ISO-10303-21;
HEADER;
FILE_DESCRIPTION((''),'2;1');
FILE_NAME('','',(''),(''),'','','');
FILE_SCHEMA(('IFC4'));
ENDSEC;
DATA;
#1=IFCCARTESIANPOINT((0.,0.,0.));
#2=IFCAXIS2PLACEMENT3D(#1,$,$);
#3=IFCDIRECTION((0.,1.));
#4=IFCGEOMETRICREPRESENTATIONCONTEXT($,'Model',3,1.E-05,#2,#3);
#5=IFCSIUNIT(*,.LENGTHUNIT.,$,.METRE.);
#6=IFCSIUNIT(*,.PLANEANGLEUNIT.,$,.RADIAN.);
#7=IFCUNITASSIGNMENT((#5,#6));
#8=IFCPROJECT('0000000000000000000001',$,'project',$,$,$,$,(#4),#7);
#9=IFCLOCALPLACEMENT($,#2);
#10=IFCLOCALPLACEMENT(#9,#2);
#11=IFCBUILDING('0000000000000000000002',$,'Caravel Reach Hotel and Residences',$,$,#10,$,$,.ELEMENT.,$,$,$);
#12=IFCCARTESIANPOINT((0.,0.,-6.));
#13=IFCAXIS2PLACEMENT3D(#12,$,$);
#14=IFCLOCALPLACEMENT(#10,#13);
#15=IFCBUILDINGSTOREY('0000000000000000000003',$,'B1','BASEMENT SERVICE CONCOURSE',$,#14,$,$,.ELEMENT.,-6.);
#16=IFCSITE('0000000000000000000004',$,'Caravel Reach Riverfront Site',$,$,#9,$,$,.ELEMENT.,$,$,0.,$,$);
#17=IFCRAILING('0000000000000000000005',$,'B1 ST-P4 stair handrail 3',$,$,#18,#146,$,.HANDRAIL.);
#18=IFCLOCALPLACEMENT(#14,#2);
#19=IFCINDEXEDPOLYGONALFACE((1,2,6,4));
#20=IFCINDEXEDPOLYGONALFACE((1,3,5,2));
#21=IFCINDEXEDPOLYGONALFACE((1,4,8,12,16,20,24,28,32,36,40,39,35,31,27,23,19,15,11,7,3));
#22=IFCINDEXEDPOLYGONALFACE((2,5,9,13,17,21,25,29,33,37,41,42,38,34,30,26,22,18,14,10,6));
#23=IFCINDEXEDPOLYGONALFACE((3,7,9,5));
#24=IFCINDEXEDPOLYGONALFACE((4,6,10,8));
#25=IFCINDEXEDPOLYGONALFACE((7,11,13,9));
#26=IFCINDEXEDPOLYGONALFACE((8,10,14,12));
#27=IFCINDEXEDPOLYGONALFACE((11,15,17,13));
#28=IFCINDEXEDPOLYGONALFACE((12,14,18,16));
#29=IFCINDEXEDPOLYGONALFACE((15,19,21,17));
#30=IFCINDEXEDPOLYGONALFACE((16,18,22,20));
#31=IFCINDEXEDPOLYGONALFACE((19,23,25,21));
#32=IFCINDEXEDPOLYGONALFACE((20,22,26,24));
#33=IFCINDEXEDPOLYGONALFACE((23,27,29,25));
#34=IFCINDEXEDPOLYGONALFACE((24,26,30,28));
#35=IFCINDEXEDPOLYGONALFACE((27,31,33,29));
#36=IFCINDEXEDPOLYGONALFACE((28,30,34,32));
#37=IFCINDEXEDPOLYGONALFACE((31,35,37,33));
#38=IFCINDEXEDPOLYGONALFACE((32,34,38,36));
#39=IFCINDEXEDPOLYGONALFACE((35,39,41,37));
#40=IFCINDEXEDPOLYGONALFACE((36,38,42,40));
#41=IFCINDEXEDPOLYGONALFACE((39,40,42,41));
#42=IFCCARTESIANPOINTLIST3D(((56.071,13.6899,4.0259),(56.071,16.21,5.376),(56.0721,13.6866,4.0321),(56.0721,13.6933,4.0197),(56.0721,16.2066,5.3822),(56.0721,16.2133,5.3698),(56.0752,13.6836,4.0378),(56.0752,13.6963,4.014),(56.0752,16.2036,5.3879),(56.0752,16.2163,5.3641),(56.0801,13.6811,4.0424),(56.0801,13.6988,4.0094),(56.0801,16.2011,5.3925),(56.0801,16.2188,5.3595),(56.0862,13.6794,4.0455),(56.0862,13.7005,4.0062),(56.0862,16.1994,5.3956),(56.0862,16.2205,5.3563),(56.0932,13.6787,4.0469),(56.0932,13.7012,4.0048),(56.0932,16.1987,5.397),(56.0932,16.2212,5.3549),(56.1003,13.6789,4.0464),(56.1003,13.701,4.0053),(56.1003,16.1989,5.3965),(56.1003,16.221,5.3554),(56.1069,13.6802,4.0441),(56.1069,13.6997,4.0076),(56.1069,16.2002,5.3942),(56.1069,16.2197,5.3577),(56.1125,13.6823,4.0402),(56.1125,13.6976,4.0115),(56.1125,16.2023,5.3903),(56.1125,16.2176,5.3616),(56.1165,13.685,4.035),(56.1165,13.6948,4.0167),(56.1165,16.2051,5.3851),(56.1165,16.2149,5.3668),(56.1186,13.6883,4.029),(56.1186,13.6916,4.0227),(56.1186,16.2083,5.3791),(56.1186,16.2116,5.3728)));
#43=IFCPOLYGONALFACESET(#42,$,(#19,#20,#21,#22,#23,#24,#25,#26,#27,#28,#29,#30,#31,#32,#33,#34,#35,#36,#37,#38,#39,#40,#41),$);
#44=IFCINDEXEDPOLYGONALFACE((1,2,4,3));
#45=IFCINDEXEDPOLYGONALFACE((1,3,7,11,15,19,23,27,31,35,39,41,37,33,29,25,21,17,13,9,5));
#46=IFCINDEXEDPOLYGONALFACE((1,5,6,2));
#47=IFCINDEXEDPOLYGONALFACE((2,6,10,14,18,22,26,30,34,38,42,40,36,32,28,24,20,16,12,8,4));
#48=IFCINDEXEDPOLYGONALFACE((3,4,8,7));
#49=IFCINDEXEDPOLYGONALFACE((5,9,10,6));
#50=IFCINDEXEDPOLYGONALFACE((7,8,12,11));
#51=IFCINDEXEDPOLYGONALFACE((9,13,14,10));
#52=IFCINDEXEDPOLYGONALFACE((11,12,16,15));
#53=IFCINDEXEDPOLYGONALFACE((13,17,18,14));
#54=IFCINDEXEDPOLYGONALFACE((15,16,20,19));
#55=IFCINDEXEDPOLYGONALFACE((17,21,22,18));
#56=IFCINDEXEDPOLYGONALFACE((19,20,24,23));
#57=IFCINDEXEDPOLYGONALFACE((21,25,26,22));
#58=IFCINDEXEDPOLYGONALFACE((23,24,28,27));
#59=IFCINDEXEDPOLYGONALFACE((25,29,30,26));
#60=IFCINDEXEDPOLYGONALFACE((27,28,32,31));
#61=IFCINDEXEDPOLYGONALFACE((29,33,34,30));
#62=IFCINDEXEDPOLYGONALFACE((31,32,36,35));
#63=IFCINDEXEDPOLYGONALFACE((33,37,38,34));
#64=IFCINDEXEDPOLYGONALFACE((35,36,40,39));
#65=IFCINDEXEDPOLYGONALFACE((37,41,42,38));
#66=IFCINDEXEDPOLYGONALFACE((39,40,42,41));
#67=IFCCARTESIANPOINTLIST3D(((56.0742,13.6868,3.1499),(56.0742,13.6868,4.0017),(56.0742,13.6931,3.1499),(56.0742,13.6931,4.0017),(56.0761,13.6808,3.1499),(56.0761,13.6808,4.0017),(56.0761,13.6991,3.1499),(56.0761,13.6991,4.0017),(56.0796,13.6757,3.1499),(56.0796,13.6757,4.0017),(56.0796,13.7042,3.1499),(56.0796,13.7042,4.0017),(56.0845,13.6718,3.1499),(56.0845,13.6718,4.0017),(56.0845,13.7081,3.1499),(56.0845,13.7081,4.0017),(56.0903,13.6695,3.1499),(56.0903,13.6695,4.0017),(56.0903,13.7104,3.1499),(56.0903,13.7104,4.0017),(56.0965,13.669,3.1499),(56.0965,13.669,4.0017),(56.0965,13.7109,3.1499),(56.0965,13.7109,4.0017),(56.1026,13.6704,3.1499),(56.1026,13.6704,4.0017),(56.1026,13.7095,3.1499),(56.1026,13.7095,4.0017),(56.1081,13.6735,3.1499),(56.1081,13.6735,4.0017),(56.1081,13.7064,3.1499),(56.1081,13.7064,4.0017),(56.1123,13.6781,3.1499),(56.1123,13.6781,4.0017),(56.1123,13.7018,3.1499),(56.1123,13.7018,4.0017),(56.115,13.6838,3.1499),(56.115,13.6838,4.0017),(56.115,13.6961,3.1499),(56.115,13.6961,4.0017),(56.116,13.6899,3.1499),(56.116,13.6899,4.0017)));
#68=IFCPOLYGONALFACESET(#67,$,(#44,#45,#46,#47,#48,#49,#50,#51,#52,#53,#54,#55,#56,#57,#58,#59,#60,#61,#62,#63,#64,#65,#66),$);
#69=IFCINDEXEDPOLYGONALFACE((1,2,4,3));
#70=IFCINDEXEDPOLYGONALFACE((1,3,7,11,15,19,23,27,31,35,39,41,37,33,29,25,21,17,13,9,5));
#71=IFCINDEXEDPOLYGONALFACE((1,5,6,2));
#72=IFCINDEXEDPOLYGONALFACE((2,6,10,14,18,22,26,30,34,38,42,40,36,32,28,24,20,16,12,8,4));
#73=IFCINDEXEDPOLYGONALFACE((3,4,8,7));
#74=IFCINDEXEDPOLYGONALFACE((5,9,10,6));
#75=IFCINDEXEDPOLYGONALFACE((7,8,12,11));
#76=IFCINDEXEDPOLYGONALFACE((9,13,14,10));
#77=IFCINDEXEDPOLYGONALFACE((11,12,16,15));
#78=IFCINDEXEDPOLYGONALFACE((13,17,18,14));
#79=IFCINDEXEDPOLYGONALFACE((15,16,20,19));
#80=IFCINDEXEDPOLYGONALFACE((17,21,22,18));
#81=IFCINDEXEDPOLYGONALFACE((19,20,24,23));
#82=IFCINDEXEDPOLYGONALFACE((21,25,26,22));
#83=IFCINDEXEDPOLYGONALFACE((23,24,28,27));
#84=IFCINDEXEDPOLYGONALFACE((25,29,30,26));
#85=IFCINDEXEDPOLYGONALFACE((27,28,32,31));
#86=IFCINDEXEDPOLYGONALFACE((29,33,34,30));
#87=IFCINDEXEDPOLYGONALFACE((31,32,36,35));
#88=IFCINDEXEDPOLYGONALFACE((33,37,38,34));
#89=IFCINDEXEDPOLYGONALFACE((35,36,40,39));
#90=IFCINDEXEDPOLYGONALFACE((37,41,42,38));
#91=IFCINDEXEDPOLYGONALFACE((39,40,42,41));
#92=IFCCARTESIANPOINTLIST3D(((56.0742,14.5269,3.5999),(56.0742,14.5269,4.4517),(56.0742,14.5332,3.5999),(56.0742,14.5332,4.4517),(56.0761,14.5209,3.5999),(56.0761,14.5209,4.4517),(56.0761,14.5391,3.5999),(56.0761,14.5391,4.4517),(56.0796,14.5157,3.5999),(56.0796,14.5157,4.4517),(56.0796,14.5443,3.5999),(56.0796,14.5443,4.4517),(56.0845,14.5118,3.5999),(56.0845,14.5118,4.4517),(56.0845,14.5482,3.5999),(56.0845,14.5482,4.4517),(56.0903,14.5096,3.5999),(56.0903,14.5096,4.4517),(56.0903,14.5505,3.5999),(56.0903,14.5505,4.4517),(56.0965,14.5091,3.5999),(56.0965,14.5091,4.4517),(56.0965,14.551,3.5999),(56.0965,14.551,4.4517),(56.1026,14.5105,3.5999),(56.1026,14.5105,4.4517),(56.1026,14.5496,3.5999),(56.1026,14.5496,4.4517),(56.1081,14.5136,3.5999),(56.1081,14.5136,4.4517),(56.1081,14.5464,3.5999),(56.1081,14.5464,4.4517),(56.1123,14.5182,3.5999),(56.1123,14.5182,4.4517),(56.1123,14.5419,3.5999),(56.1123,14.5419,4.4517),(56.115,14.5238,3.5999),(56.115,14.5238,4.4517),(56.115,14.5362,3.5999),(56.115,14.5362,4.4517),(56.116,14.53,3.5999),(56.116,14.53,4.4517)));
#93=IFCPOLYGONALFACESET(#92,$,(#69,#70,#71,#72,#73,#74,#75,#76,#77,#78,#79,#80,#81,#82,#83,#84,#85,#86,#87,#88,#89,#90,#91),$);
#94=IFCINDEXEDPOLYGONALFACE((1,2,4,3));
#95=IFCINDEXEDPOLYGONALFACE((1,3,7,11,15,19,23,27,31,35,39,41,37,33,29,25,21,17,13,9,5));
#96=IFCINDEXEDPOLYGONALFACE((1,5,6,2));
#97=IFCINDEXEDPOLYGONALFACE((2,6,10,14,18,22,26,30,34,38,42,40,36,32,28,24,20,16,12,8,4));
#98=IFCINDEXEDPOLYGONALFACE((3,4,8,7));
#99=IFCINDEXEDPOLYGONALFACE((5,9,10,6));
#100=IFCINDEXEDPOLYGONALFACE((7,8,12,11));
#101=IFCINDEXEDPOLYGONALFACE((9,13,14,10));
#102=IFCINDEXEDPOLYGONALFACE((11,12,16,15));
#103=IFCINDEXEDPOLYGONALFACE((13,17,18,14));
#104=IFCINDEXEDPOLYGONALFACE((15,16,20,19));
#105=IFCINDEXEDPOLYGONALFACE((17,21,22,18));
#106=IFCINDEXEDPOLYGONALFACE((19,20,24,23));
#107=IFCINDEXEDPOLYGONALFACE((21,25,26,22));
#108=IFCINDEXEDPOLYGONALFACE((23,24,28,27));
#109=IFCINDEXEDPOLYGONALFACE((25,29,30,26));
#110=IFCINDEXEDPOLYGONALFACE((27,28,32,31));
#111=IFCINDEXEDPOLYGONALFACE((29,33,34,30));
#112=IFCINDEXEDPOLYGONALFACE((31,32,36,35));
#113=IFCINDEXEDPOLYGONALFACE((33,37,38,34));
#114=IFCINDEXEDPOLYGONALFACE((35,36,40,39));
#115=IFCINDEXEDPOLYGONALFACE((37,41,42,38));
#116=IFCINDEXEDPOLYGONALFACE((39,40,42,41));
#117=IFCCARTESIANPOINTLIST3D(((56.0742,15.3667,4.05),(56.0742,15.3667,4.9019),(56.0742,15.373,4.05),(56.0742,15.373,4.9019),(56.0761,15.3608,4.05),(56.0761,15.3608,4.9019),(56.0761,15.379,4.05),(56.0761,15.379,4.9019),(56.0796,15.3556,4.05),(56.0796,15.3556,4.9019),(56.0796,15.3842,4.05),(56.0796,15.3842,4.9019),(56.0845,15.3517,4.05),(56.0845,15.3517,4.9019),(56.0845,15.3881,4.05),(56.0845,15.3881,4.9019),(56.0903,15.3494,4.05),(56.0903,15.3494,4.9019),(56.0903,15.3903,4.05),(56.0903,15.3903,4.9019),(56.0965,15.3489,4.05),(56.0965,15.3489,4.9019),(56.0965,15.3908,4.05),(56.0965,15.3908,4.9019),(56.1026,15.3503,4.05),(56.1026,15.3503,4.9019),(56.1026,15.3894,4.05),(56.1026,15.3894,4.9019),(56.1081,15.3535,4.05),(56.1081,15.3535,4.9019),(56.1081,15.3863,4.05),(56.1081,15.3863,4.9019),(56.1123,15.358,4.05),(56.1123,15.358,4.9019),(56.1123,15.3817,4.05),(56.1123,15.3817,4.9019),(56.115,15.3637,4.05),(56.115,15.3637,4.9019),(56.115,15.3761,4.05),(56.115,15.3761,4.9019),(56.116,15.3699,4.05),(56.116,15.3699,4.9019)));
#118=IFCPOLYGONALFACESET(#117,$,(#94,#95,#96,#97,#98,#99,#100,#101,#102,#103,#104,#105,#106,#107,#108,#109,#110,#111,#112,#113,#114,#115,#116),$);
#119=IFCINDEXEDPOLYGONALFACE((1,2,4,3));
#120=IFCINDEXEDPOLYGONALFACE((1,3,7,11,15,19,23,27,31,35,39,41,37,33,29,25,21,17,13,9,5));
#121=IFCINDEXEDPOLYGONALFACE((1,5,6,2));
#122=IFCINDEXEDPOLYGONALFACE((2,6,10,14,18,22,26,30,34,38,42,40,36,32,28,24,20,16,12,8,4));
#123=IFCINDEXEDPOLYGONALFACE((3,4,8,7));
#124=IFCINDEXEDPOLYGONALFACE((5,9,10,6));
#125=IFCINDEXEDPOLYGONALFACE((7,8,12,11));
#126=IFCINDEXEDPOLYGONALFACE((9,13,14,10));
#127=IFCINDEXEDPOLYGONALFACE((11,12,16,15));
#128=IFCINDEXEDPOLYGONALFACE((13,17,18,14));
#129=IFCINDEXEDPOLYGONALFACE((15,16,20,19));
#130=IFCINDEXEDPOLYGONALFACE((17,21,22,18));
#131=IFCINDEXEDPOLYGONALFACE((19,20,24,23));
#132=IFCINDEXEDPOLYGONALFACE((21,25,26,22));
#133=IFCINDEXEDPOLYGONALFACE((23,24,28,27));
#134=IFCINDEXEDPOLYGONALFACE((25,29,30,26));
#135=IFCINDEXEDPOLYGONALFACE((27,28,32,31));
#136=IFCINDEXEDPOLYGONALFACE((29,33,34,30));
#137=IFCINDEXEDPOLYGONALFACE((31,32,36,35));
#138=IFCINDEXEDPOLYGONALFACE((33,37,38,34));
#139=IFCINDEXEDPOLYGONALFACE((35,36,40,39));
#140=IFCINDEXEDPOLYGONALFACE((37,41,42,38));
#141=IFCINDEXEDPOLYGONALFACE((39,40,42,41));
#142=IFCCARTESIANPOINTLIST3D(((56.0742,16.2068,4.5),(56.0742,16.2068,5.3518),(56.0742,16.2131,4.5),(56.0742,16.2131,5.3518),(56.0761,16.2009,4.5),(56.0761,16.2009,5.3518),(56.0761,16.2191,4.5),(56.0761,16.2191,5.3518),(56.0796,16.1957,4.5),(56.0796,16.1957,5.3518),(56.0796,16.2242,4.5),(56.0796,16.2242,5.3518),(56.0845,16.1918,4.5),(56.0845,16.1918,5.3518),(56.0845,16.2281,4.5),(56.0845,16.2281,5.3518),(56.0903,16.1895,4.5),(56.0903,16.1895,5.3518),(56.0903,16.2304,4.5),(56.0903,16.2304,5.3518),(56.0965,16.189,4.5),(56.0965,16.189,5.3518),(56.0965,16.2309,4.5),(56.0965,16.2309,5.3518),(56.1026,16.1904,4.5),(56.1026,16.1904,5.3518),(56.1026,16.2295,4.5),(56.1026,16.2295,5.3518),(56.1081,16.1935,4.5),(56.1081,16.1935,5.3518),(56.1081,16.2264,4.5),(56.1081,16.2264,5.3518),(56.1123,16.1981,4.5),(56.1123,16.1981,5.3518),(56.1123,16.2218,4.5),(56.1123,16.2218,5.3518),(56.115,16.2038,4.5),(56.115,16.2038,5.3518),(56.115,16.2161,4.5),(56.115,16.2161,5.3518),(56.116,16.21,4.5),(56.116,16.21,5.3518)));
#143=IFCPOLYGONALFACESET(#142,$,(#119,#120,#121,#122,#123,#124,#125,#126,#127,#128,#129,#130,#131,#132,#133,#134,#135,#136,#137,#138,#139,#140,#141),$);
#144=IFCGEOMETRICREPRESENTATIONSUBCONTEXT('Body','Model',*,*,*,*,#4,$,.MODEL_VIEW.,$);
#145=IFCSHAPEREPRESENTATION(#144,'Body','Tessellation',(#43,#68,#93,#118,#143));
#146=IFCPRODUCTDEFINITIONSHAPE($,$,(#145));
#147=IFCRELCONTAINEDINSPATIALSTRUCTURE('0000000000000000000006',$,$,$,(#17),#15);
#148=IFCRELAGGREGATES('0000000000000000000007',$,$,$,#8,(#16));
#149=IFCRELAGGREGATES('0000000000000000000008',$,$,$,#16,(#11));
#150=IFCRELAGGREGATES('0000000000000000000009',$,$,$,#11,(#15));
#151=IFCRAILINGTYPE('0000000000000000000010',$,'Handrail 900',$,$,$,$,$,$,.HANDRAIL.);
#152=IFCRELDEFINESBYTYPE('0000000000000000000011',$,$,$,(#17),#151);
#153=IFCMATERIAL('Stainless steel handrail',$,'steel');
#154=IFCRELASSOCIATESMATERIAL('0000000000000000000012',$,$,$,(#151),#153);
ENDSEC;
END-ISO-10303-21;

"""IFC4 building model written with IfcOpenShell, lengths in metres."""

from ifc_helpers import new_model, si_unit, direction, frame, origin, origin_2d, place, context, subcontext, project, spatial, circle, extrude, material, type_object, element, save


model = new_model("IFC4")

# Units and contexts
model_context = context("Model", 3, precision=1e-05, world=origin(), true_north=direction((0.0, 1.0)))
body_context = subcontext(model_context, "Body", "Model", "MODEL_VIEW")
ifc_project = project(units=[si_unit("LENGTHUNIT", "METRE"), si_unit("PLANEANGLEUNIT", "RADIAN")], contexts=[model_context])

# Site, building, storey
site_placement = place(None, origin())
site = spatial("IfcSite", under=ifc_project, at=site_placement, Name="Caravel Reach Riverfront Site", CompositionType="ELEMENT", RefElevation=0.0)
building_placement = place(site_placement, origin())
building = spatial("IfcBuilding", under=site, at=building_placement, Name="Caravel Reach Hotel and Residences", CompositionType="ELEMENT")
storey_placement = place(building_placement, frame((0.0, 0.0, -6.0)))
storey = spatial("IfcBuildingStorey", under=building, at=storey_placement, Name="B1", Description="BASEMENT SERVICE CONCOURSE", CompositionType="ELEMENT", Elevation=-6.0)

# Railing
ifc_material_1 = material(Name="Stainless steel handrail", Category="steel")
railing_type_1 = type_object("IfcRailingType", Name="Handrail 900", PredefinedType="HANDRAIL", material=ifc_material_1)
railing_1_placement = place(storey_placement, frame((56.095, 13.6899, 3.1499)))
element("IfcRailing", 1, at=railing_1_placement, inside=storey, type_object=railing_type_1, Name="B1 ST-P4 stair handrail 3", PredefinedType="HANDRAIL", context=body_context, shape_type="SweptSolid", body=[
    extrude(circle(Radius=0.0239, at=origin_2d()), frame((0.0, 0.0, 0.876), z_axis=(0.0, 0.881467, 0.472245), x_axis=(-1.0, 0.0, 0.0)), (0.0, 0.0, 1.0), 2.8589),
    extrude(circle(Radius=0.021, at=origin_2d()), origin(), (0.0, 0.0, 1.0), 0.8518),
    extrude(circle(Radius=0.021, at=origin_2d()), frame((0.0, 0.8401, 0.45)), (0.0, 0.0, 1.0), 0.8518),
    extrude(circle(Radius=0.021, at=origin_2d()), frame((0.0, 1.6799, 0.9001)), (0.0, 0.0, 1.0), 0.8518),
    extrude(circle(Radius=0.021, at=origin_2d()), frame((0.0, 2.52, 1.3501)), (0.0, 0.0, 1.0), 0.8518),
])

save(model, "model.ifc")
